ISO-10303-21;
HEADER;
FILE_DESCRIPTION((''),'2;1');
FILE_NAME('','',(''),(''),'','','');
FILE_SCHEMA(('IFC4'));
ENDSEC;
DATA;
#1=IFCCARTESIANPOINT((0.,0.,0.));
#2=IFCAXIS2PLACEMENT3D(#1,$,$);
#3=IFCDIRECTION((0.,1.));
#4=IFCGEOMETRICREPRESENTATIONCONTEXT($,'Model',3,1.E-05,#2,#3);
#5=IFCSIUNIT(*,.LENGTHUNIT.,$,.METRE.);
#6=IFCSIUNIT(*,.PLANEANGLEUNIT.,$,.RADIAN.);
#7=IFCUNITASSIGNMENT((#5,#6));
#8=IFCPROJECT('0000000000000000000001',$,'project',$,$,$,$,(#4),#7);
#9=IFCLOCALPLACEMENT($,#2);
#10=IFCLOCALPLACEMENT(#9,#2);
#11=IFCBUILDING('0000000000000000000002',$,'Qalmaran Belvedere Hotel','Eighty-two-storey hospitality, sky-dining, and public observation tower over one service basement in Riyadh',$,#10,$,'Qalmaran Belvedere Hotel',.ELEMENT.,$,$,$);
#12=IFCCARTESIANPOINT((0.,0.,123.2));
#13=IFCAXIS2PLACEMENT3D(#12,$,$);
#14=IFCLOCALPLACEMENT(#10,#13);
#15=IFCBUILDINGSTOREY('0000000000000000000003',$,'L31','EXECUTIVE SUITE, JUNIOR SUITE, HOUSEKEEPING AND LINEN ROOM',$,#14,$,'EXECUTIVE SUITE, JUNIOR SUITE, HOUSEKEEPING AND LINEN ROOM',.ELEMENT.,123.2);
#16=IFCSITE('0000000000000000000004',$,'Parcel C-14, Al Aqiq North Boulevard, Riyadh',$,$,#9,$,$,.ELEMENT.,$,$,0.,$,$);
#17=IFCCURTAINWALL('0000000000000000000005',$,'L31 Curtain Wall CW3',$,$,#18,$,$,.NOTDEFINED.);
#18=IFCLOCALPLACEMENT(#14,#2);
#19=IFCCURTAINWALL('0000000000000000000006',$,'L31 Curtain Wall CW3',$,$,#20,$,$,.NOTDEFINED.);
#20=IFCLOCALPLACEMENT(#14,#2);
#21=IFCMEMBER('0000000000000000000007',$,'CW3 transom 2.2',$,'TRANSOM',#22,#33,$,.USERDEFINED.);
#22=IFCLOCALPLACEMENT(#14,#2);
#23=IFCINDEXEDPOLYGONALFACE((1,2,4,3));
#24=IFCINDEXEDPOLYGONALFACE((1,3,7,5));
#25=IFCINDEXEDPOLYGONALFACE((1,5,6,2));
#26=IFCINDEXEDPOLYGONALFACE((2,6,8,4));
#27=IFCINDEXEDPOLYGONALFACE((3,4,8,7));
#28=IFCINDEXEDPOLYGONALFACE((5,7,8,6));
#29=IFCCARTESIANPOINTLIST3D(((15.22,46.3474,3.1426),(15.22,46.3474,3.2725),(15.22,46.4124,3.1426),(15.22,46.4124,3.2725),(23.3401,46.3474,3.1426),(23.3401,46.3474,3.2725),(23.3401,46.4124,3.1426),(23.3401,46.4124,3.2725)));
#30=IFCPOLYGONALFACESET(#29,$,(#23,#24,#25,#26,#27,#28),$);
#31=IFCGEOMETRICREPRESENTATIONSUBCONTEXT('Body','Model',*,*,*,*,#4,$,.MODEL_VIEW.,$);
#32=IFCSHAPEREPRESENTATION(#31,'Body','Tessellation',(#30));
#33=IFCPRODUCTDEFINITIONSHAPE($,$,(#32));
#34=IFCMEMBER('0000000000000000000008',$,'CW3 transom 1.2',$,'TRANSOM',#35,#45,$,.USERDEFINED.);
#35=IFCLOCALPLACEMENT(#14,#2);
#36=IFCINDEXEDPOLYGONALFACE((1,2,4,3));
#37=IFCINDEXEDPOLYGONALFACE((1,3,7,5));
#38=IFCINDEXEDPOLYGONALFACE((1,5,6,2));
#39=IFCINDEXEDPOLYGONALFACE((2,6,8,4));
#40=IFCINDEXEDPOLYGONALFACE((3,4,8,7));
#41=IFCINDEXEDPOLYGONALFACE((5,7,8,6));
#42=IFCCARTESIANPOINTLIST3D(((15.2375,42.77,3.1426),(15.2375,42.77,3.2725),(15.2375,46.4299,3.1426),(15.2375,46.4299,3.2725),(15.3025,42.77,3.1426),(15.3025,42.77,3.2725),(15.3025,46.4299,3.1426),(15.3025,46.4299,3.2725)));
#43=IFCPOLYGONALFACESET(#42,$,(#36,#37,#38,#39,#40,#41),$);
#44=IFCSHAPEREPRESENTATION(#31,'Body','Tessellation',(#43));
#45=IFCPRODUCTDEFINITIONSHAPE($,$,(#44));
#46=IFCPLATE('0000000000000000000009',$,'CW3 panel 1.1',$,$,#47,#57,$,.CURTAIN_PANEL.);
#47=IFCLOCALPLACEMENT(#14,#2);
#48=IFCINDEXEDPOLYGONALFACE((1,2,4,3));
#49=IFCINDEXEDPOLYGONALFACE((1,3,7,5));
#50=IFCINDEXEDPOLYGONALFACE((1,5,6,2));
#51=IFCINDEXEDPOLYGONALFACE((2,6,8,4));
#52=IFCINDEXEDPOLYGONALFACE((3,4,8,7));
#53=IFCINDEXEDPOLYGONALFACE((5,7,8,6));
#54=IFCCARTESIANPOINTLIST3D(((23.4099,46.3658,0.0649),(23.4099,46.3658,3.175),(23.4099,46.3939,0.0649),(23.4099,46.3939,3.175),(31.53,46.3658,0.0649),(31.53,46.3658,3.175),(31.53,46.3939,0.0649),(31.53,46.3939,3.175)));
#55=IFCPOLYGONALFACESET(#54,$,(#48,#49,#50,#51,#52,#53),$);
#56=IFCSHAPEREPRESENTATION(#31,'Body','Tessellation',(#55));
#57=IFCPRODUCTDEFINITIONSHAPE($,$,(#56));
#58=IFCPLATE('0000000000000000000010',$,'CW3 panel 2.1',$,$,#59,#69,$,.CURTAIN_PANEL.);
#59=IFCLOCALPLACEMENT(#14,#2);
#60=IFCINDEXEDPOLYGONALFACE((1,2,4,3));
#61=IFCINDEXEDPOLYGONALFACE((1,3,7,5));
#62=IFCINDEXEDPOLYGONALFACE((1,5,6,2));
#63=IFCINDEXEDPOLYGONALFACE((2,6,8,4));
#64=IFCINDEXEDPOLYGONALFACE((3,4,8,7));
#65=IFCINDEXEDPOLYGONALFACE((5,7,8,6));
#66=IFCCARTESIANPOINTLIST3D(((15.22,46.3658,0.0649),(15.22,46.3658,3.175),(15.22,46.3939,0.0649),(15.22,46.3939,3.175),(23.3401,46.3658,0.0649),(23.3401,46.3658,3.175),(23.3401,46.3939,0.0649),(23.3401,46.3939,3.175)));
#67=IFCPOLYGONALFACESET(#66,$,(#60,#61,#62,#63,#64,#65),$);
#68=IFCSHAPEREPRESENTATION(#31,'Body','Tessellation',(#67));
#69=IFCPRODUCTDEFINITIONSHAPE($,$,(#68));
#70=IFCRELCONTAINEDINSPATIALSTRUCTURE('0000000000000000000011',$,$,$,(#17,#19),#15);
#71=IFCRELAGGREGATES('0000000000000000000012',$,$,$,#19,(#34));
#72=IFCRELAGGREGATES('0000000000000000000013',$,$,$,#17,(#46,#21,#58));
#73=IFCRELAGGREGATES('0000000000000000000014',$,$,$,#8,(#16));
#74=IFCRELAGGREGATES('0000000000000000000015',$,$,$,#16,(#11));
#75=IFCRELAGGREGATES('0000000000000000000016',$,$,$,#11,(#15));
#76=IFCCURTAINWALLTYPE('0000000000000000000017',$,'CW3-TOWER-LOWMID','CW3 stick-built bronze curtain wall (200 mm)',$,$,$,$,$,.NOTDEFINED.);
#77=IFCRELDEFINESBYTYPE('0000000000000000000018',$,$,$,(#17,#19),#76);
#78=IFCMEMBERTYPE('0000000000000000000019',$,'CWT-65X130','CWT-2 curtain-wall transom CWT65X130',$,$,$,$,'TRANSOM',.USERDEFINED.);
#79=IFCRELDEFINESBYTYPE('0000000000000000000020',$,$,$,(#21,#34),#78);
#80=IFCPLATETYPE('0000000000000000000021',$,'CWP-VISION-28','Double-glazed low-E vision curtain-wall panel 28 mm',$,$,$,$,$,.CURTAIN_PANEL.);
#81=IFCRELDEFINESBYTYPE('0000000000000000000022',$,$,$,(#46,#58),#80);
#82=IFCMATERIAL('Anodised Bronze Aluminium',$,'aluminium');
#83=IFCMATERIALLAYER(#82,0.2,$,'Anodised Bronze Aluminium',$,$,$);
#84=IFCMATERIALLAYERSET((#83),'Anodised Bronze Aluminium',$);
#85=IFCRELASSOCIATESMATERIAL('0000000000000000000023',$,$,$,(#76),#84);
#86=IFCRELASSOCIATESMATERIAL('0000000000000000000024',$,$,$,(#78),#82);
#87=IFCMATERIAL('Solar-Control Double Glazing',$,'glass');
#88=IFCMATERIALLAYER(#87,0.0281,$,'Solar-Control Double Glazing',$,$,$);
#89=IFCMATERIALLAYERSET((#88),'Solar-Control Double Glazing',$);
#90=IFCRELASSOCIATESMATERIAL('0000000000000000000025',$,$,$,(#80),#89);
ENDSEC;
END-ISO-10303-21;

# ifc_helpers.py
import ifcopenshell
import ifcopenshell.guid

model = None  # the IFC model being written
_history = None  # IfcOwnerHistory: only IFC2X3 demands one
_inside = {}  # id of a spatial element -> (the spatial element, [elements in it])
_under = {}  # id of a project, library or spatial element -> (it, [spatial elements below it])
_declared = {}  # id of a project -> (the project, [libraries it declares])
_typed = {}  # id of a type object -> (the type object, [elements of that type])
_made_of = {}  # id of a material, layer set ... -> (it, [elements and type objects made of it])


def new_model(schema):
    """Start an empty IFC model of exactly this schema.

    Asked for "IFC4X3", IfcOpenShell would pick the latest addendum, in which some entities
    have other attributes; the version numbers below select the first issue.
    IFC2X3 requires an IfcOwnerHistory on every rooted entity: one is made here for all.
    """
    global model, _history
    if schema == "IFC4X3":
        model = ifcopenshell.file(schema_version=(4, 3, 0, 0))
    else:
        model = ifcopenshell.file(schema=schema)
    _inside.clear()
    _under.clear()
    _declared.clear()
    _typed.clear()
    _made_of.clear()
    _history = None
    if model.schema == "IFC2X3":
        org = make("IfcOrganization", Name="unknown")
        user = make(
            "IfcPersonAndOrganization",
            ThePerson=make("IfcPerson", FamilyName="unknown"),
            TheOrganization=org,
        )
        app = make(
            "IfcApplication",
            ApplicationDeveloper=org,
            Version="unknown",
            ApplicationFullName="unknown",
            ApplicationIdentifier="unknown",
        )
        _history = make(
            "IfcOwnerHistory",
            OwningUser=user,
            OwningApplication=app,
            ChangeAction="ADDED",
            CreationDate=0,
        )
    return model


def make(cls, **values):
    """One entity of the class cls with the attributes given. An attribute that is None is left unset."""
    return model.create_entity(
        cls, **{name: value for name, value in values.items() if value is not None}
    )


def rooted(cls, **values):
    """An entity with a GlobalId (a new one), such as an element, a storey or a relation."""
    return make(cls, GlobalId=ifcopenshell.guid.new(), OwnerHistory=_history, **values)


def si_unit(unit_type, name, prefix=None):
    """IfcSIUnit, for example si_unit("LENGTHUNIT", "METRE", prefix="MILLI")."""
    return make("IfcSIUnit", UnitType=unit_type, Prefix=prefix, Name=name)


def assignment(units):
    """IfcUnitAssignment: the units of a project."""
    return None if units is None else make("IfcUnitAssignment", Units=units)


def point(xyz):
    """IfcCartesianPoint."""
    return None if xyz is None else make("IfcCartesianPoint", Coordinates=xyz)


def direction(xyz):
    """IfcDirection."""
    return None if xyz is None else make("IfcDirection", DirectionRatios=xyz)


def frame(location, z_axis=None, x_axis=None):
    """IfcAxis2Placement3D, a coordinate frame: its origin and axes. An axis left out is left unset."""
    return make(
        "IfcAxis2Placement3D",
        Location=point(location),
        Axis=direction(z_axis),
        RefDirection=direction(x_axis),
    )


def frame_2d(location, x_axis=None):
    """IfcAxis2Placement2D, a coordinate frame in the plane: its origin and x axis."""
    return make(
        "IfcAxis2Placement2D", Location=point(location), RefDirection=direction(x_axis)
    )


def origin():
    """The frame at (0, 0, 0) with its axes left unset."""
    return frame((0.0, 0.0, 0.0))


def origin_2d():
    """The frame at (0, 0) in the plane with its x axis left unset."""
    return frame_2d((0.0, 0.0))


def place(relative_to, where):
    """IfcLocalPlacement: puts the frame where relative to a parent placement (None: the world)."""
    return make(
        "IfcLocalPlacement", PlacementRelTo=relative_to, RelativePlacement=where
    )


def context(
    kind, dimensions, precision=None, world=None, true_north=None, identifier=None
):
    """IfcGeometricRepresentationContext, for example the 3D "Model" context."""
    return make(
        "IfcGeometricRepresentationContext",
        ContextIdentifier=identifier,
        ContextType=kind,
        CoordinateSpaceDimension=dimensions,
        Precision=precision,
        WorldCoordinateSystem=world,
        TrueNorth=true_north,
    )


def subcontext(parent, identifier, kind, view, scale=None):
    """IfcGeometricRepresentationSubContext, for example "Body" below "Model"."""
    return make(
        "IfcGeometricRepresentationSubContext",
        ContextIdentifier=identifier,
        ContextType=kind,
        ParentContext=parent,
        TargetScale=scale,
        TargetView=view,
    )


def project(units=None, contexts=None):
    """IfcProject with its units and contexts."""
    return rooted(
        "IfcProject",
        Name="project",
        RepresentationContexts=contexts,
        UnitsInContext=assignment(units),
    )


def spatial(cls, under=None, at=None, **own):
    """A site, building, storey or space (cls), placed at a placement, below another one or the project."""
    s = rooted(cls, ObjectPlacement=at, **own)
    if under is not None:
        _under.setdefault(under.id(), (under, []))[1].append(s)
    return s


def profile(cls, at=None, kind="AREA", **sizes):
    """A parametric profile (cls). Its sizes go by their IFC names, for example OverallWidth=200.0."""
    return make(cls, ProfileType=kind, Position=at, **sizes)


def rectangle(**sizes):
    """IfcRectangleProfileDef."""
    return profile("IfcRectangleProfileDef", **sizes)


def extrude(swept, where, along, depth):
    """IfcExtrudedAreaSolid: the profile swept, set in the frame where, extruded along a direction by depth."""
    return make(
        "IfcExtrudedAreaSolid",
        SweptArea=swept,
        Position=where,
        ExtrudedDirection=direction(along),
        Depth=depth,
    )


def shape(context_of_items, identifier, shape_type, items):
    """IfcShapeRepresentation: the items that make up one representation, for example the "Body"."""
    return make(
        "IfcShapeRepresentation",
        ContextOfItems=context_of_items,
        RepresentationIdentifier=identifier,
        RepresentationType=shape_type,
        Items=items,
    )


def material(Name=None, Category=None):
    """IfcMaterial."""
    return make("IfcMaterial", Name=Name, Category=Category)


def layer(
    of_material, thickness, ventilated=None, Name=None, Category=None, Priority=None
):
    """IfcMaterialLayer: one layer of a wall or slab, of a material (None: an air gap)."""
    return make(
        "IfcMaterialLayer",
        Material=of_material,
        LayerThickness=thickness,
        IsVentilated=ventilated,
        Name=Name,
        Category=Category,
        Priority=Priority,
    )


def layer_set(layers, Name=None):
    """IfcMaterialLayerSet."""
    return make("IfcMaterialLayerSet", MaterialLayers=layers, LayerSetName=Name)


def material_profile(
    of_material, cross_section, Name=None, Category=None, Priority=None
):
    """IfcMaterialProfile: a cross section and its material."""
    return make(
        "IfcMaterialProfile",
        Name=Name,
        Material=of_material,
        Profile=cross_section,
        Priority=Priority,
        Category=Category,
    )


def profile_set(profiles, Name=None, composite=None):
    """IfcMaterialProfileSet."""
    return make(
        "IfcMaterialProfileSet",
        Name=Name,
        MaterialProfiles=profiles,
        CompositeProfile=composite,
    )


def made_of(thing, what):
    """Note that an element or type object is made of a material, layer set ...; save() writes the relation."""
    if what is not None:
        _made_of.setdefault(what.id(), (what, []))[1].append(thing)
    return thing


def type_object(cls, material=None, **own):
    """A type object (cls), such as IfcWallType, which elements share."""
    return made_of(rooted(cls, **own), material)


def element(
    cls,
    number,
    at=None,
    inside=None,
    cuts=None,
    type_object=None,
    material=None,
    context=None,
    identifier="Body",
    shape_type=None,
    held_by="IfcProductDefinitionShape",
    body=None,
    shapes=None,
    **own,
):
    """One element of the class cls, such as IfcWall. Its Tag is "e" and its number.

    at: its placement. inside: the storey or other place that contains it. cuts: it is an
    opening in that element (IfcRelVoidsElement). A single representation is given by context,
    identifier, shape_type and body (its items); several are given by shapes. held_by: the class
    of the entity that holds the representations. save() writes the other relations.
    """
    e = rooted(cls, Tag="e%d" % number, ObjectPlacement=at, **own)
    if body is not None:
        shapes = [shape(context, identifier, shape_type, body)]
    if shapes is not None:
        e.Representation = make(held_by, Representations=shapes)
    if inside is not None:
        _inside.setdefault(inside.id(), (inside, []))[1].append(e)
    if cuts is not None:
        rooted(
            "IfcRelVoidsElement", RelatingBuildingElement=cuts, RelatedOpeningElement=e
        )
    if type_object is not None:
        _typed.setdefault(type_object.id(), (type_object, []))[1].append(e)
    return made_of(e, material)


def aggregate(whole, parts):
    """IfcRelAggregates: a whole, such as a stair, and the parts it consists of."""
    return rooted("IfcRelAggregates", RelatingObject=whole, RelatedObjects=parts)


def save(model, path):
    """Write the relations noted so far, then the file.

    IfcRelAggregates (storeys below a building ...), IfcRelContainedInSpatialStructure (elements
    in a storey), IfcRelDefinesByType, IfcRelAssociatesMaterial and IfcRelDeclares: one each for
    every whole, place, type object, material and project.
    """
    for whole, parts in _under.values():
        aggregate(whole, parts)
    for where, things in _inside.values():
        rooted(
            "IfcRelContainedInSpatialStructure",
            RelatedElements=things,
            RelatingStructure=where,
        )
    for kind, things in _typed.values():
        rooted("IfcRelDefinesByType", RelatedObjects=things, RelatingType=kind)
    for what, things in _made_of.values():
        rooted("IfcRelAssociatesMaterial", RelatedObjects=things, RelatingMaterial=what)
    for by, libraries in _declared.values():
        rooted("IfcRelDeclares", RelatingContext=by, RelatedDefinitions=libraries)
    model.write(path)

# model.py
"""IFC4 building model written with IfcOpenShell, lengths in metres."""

from ifc_helpers import new_model, si_unit, direction, frame, origin, origin_2d, place, context, subcontext, project, spatial, rectangle, extrude, material, layer, layer_set, material_profile, profile_set, type_object, element, aggregate, save


model = new_model("IFC4")

# Units and contexts
model_context = context("Model", 3, precision=1e-05, world=origin(), true_north=direction((0.0, 1.0)))
body_context = subcontext(model_context, "Body", "Model", "MODEL_VIEW")
ifc_project = project(units=[si_unit("LENGTHUNIT", "METRE"), si_unit("PLANEANGLEUNIT", "RADIAN")], contexts=[model_context])

# Site, building, storey
site_placement = place(None, origin())
site = spatial("IfcSite", under=ifc_project, at=site_placement, Name="Parcel C-14, Al Aqiq North Boulevard, Riyadh", CompositionType="ELEMENT", RefElevation=0.0)
building_placement = place(site_placement, origin())
building = spatial("IfcBuilding", under=site, at=building_placement, Name="Qalmaran Belvedere Hotel", Description="Eighty-two-storey hospitality, sky-dining, and public observation tower over one service basement in Riyadh", LongName="Qalmaran Belvedere Hotel", CompositionType="ELEMENT")
storey_placement = place(building_placement, frame((0.0, 0.0, 123.2)))
storey = spatial("IfcBuildingStorey", under=building, at=storey_placement, Name="L31", Description="EXECUTIVE SUITE, JUNIOR SUITE, HOUSEKEEPING AND LINEN ROOM", LongName="EXECUTIVE SUITE, JUNIOR SUITE, HOUSEKEEPING AND LINEN ROOM", CompositionType="ELEMENT", Elevation=123.2)

# Curtain walls
ifc_material_1 = material(Name="Anodised Bronze Aluminium", Category="aluminium")
ifc_layer_1 = layer(ifc_material_1, 0.2, Name="Anodised Bronze Aluminium")
ifc_layer_set_1 = layer_set([ifc_layer_1], Name="Anodised Bronze Aluminium")
curtain_wall_type = type_object("IfcCurtainWallType", Name="CW3-TOWER-LOWMID", Description="CW3 stick-built bronze curtain wall (200 mm)", PredefinedType="NOTDEFINED", material=ifc_layer_set_1)
curtain_wall_1_placement = place(storey_placement, origin())
curtain_wall_1 = element("IfcCurtainWall", 1, at=curtain_wall_1_placement, inside=storey, type_object=curtain_wall_type, Name="L31 Curtain Wall CW3", PredefinedType="NOTDEFINED")
curtain_wall_2_placement = place(storey_placement, origin())
curtain_wall_2 = element("IfcCurtainWall", 2, at=curtain_wall_2_placement, inside=storey, type_object=curtain_wall_type, Name="L31 Curtain Wall CW3", PredefinedType="NOTDEFINED")

# Members
ifc_material_profile_1 = material_profile(ifc_material_1, rectangle(XDim=0.0649, YDim=0.1299, at=origin_2d()), Name="CWT65X130")
ifc_profile_set_1 = profile_set([ifc_material_profile_1], Name="Anodised Bronze Aluminium")
member_type_1 = type_object("IfcMemberType", Name="CWT-65X130", Description="CWT-2 curtain-wall transom CWT65X130", ElementType="TRANSOM", PredefinedType="USERDEFINED", material=ifc_profile_set_1)
member_1_placement = place(storey_placement, frame((23.3401, 46.3799, 3.2075), z_axis=(-1.0, 0.0, 0.0), x_axis=(0.0, -1.0, 0.0)))
member_1 = element("IfcMember", 3, at=member_1_placement, type_object=member_type_1, Name="CW3 transom 2.2", ObjectType="TRANSOM", PredefinedType="USERDEFINED", context=body_context, shape_type="SweptSolid", body=[
    extrude(rectangle(XDim=0.0649, YDim=0.1299, at=origin_2d()), origin(), (0.0, 0.0, 1.0), 8.1201),
])
member_2_placement = place(storey_placement, frame((15.27, 46.4299, 3.2075), z_axis=(0.0, -1.0, 0.0), x_axis=(1.0, 0.0, 0.0)))
member_2 = element("IfcMember", 4, at=member_2_placement, type_object=member_type_1, Name="CW3 transom 1.2", ObjectType="TRANSOM", PredefinedType="USERDEFINED", context=body_context, shape_type="SweptSolid", body=[
    extrude(rectangle(XDim=0.0649, YDim=0.1299, at=origin_2d()), origin(), (0.0, 0.0, 1.0), 3.6599),
])
aggregate(curtain_wall_2, [member_2])

# Plates
ifc_material_2 = material(Name="Solar-Control Double Glazing", Category="glass")
ifc_layer_2 = layer(ifc_material_2, 0.0281, Name="Solar-Control Double Glazing")
ifc_layer_set_2 = layer_set([ifc_layer_2], Name="Solar-Control Double Glazing")
plate_type = type_object("IfcPlateType", Name="CWP-VISION-28", Description="Double-glazed low-E vision curtain-wall panel 28 mm", PredefinedType="CURTAIN_PANEL", material=ifc_layer_set_2)
plate_1_placement = place(storey_placement, frame((27.47, 46.3799, 0.0649), z_axis=(0.0, 0.0, 1.0), x_axis=(-1.0, 0.0, 0.0)))
plate_1 = element("IfcPlate", 5, at=plate_1_placement, type_object=plate_type, Name="CW3 panel 1.1", PredefinedType="CURTAIN_PANEL", context=body_context, shape_type="SweptSolid", body=[
    extrude(rectangle(XDim=8.1201, YDim=0.0281, at=origin_2d()), origin(), (0.0, 0.0, 1.0), 3.1101),
])
plate_2_placement = place(storey_placement, frame((19.28, 46.3799, 0.0649), z_axis=(0.0, 0.0, 1.0), x_axis=(-1.0, 0.0, 0.0)))
plate_2 = element("IfcPlate", 6, at=plate_2_placement, type_object=plate_type, Name="CW3 panel 2.1", PredefinedType="CURTAIN_PANEL", context=body_context, shape_type="SweptSolid", body=[
    extrude(rectangle(XDim=8.1201, YDim=0.0281, at=origin_2d()), origin(), (0.0, 0.0, 1.0), 3.1101),
])
aggregate(curtain_wall_1, [plate_1, member_1, plate_2])

save(model, "model.ifc")
